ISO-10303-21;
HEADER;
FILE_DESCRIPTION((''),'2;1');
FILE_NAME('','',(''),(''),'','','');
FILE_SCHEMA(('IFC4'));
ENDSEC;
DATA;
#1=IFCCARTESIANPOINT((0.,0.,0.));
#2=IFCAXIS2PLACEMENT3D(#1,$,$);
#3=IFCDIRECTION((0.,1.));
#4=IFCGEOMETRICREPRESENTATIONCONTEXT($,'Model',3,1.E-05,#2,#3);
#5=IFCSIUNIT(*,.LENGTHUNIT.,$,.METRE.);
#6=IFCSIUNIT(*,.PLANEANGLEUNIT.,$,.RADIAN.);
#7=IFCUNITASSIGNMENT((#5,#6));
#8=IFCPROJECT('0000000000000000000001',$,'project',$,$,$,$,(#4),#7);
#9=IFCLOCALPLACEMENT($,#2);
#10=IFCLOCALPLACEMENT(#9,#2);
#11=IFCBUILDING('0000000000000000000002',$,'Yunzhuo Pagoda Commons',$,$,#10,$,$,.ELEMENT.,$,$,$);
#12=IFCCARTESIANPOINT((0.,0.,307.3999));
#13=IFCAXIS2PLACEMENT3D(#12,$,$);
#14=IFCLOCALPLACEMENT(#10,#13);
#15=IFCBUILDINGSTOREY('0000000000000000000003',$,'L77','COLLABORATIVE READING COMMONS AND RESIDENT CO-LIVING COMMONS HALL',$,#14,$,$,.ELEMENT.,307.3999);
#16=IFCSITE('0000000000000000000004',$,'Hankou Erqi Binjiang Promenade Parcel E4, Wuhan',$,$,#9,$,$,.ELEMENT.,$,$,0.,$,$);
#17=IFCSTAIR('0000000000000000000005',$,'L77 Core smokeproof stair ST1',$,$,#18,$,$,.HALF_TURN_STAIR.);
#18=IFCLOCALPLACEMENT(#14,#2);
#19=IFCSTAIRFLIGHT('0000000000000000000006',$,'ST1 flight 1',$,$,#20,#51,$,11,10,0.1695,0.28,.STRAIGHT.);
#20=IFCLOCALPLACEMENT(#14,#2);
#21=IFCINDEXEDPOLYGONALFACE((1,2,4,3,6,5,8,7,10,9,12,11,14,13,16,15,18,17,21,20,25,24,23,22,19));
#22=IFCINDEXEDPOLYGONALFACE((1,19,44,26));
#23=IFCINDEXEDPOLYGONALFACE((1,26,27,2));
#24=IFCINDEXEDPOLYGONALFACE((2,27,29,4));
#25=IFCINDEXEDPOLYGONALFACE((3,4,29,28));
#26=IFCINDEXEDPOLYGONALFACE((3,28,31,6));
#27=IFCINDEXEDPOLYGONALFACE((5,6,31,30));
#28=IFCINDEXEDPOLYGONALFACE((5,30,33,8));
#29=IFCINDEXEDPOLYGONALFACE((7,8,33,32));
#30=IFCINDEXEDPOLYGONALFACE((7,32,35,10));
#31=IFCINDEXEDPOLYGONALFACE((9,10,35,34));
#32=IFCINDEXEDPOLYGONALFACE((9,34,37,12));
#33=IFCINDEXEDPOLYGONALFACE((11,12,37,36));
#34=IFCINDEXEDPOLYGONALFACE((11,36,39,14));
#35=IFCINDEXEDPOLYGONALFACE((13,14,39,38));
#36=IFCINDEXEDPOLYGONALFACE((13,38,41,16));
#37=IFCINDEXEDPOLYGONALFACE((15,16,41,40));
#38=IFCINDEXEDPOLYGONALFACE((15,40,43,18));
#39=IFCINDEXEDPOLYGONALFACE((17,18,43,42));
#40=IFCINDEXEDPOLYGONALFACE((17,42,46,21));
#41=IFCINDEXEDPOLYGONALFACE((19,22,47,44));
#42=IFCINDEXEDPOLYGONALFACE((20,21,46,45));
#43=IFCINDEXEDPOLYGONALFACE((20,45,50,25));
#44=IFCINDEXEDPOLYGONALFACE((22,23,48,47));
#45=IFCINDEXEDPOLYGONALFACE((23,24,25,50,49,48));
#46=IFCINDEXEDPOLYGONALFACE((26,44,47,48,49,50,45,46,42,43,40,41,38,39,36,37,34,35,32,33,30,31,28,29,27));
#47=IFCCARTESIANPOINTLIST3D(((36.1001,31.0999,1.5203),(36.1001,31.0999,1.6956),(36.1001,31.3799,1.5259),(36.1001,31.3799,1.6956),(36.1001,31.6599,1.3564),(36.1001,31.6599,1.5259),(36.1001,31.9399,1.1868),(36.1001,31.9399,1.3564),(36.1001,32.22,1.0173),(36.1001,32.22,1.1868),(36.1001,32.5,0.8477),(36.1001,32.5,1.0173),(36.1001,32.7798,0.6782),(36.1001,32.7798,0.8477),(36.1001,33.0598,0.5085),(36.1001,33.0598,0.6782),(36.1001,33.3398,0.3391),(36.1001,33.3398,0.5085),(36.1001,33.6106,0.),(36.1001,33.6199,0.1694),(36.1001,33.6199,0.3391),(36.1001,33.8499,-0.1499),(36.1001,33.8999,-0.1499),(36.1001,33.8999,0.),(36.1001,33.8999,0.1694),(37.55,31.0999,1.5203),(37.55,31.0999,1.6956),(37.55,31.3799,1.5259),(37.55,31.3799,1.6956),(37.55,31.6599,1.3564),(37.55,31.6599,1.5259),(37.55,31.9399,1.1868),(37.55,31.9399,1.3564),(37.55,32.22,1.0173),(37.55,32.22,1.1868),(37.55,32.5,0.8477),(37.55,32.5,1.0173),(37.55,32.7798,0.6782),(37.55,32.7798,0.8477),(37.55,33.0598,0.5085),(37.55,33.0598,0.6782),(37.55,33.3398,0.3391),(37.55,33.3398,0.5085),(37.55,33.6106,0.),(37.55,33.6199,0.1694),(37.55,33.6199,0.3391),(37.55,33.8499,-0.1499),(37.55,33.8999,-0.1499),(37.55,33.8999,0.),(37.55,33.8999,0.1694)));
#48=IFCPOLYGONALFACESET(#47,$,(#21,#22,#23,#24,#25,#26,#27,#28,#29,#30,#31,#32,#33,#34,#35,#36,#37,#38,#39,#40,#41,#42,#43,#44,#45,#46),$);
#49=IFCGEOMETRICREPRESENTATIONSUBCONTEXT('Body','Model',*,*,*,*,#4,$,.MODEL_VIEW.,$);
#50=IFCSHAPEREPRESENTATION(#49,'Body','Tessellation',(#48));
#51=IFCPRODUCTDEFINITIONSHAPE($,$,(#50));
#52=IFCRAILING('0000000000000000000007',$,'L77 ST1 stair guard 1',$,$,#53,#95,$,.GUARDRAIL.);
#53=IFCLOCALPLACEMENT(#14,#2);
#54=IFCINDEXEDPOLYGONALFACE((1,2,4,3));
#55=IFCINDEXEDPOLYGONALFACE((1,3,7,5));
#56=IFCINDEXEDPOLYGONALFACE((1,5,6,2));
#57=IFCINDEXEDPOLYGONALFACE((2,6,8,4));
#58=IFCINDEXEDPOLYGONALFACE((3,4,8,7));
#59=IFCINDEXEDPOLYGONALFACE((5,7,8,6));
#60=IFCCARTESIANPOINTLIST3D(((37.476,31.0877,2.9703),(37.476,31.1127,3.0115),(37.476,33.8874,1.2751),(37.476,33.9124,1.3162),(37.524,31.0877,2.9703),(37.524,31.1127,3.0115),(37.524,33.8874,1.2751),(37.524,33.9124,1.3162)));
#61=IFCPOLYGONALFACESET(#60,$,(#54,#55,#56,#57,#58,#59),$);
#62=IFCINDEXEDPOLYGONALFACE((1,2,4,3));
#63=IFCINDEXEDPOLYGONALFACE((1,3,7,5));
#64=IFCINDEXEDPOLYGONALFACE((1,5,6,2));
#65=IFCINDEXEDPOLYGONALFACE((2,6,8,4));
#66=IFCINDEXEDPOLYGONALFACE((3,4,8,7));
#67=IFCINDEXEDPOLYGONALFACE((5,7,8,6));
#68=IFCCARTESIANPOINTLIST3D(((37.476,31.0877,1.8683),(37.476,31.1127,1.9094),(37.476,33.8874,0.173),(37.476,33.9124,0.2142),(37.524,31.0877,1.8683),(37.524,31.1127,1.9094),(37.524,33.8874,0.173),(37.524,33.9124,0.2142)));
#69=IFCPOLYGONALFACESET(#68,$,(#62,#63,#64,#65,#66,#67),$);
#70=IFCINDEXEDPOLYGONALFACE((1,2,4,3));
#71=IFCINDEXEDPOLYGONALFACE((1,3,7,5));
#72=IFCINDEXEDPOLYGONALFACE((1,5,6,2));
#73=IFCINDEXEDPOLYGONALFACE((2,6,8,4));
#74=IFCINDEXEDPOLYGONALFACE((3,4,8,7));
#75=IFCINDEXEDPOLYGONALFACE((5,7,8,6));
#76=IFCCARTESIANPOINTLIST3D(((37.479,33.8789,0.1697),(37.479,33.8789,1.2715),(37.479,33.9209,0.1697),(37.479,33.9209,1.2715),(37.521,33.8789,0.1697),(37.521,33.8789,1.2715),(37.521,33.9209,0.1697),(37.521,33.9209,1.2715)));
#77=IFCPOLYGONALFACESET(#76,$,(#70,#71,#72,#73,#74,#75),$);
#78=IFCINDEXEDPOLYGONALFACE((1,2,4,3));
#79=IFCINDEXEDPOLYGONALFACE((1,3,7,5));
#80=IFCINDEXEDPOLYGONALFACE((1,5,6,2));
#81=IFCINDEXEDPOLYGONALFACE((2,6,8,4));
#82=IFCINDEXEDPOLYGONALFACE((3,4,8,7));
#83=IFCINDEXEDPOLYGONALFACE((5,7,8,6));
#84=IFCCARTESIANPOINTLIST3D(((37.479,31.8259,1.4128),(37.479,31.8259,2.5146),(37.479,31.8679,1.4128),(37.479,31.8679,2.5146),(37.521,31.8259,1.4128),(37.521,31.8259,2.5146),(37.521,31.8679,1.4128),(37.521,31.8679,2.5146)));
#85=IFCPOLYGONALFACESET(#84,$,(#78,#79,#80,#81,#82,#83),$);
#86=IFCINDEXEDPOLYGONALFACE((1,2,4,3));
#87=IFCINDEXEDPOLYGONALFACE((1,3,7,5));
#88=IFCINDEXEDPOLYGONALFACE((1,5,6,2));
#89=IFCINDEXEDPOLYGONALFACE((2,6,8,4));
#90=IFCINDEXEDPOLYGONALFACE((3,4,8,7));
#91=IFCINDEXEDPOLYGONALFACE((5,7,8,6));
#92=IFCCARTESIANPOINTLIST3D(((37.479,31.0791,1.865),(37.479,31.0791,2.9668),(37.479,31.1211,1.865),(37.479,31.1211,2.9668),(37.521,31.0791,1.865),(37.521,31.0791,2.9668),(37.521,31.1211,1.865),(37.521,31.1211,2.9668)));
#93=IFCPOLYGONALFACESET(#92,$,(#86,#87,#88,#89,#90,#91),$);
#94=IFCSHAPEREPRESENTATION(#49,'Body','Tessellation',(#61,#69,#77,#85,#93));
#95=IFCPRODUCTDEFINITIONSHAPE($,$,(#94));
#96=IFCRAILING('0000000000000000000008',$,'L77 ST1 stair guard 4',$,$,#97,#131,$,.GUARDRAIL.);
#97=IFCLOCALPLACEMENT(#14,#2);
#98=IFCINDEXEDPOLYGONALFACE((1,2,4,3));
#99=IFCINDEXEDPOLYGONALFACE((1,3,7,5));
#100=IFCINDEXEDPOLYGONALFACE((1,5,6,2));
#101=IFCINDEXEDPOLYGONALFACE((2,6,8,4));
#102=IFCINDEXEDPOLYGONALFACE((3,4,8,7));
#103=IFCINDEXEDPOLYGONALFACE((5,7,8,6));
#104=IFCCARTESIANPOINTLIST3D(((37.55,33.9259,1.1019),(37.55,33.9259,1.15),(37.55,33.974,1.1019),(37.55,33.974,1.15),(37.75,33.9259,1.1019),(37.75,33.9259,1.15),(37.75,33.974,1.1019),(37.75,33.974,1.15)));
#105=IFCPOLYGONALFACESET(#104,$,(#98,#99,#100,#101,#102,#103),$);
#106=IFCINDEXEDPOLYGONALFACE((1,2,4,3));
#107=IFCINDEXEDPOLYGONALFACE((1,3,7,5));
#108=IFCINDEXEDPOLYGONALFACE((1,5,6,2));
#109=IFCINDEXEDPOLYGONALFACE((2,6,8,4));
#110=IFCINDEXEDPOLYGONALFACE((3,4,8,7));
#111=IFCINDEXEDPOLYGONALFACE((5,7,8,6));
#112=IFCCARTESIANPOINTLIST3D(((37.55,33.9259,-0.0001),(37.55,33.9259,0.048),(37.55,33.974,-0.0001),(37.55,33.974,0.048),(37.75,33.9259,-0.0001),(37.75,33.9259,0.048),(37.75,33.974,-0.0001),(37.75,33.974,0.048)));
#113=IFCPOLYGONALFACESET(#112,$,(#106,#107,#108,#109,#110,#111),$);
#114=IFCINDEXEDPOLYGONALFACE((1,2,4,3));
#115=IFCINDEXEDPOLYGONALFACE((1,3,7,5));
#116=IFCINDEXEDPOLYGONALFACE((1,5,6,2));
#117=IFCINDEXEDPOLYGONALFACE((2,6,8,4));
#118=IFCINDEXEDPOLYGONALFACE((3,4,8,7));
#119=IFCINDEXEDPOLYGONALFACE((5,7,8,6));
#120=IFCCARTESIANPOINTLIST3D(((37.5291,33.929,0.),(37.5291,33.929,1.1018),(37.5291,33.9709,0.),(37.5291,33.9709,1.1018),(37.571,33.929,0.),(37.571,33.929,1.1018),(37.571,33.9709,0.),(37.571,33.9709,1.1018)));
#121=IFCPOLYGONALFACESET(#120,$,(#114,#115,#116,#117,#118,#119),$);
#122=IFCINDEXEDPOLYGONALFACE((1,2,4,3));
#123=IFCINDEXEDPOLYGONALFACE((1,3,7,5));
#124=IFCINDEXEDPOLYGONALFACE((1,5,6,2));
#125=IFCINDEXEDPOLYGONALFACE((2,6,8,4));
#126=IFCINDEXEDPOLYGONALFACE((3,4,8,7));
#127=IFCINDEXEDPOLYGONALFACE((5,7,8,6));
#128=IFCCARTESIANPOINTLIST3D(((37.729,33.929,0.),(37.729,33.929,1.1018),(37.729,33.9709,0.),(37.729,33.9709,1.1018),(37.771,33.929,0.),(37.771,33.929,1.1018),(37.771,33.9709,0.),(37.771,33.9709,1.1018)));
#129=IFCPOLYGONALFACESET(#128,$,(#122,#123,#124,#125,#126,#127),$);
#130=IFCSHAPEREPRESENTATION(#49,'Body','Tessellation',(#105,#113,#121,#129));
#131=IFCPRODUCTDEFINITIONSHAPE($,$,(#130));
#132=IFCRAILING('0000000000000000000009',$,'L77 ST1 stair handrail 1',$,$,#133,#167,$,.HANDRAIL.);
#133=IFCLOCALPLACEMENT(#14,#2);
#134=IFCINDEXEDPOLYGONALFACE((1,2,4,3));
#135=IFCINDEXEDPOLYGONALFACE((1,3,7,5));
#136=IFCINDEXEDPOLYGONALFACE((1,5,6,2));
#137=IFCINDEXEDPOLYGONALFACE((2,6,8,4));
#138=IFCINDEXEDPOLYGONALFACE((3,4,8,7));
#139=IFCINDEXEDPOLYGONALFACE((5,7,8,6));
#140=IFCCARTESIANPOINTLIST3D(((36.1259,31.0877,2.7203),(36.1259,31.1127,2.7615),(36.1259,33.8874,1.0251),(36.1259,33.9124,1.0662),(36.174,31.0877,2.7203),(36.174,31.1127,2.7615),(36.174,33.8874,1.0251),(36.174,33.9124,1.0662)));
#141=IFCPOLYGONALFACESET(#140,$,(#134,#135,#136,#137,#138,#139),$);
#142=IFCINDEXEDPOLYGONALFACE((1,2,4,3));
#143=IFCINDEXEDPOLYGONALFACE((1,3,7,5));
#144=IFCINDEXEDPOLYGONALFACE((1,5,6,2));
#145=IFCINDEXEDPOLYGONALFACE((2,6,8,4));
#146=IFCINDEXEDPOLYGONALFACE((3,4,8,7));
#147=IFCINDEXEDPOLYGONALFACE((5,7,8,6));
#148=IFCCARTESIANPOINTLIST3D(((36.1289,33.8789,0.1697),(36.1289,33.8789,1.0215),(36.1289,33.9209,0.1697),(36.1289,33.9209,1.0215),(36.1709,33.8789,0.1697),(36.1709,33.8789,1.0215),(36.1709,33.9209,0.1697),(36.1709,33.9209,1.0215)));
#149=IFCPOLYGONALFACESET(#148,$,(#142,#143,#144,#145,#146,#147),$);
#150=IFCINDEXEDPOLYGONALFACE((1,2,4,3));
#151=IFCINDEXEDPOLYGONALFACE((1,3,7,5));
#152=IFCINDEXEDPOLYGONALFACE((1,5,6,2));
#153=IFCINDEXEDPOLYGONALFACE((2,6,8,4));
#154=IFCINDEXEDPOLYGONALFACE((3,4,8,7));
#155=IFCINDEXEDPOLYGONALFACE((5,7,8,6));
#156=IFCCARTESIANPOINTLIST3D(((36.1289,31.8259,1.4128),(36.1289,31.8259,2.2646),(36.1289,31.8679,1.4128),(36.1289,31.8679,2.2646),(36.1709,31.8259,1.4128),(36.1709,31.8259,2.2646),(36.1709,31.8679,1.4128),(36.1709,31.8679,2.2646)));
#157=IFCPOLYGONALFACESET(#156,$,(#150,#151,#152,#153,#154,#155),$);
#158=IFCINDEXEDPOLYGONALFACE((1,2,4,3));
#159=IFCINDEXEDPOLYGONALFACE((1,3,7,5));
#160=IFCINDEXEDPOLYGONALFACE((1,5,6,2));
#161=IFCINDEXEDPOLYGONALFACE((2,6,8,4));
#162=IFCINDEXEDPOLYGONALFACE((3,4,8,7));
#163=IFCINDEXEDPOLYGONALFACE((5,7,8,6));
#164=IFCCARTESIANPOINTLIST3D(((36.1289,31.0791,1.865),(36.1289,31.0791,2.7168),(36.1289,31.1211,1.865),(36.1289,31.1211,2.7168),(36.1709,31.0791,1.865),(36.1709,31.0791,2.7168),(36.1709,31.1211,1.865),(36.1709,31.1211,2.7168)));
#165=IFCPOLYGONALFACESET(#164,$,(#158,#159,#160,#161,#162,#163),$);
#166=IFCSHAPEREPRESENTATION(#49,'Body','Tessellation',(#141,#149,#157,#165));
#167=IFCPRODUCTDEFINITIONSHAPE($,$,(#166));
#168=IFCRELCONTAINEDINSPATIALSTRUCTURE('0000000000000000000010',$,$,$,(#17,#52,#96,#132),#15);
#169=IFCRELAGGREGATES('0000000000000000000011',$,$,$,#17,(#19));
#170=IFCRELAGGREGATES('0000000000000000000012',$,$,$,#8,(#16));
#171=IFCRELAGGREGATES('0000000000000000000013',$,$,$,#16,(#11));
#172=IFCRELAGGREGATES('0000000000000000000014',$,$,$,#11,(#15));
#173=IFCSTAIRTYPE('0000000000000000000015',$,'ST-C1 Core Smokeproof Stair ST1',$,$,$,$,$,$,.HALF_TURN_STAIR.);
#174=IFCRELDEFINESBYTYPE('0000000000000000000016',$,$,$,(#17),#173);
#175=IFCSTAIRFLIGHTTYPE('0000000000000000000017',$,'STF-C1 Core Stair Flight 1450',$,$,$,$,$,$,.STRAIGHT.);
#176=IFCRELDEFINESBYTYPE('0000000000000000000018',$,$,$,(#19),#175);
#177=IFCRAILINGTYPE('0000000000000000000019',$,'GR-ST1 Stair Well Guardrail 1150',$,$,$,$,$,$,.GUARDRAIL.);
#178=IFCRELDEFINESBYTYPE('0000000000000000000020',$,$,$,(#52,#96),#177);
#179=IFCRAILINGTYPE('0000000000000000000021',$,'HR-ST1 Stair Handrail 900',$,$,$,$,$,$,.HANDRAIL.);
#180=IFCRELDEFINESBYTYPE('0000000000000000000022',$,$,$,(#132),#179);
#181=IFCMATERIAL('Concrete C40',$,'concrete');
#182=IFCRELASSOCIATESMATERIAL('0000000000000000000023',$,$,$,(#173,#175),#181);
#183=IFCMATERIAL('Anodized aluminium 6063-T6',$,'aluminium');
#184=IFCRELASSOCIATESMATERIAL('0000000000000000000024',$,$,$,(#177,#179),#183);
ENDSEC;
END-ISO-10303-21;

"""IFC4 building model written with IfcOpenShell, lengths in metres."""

from ifc_helpers import new_model, si_unit, direction, frame, origin, origin_2d, place, context, subcontext, project, spatial, polyline, rectangle, outline, extrude, source, transform, mapped, material, type_object, element, aggregate, save


model = new_model("IFC4")

# Units and contexts
model_context = context("Model", 3, precision=1e-05, world=origin(), true_north=direction((0.0, 1.0)))
body_context = subcontext(model_context, "Body", "Model", "MODEL_VIEW")
ifc_project = project(units=[si_unit("LENGTHUNIT", "METRE"), si_unit("PLANEANGLEUNIT", "RADIAN")], contexts=[model_context])

# Site, building, storey
site_placement = place(None, origin())
site = spatial("IfcSite", under=ifc_project, at=site_placement, Name="Hankou Erqi Binjiang Promenade Parcel E4, Wuhan", CompositionType="ELEMENT", RefElevation=0.0)
building_placement = place(site_placement, origin())
building = spatial("IfcBuilding", under=site, at=building_placement, Name="Yunzhuo Pagoda Commons", CompositionType="ELEMENT")
storey_placement = place(building_placement, frame((0.0, 0.0, 307.3999)))
storey = spatial("IfcBuildingStorey", under=building, at=storey_placement, Name="L77", Description="COLLABORATIVE READING COMMONS AND RESIDENT CO-LIVING COMMONS HALL", CompositionType="ELEMENT", Elevation=307.3999)

# Shared definitions
ifc_material_1 = material(Name="Concrete C40", Category="concrete")

# Stair, stair flight
stair_type = type_object("IfcStairType", Name="ST-C1 Core Smokeproof Stair ST1", PredefinedType="HALF_TURN_STAIR", material=ifc_material_1)
stair_placement = place(storey_placement, origin())
stair = element("IfcStair", 1, at=stair_placement, inside=storey, type_object=stair_type, Name="L77 Core smokeproof stair ST1", PredefinedType="HALF_TURN_STAIR")
stair_flight_type = type_object("IfcStairFlightType", Name="STF-C1 Core Stair Flight 1450", PredefinedType="STRAIGHT", material=ifc_material_1)
shared_shape_1 = source(origin(), body_context, "Body", "SweptSolid", [
    extrude(outline(polyline([(0.0, -0.1499), (0.0, 0.0), (0.0, 0.1694), (0.28, 0.1694), (0.28, 0.3391), (0.5601, 0.3391), (0.5601, 0.5085), (0.8401, 0.5085), (0.8401, 0.6782), (1.1201, 0.6782), (1.1201, 0.8477), (1.3999, 0.8477), (1.3999, 1.0173), (1.6799, 1.0173), (1.6799, 1.1868), (1.96, 1.1868), (1.96, 1.3564), (2.24, 1.3564), (2.24, 1.5259), (2.52, 1.5259), (2.52, 1.6956), (2.8, 1.6956), (2.8, 1.865), (2.8, 1.5203), (0.2893, 0.0), (0.05, -0.1499), (0.0, -0.1499)])), frame((0.0, 0.7251, 0.0), z_axis=(0.0, -1.0, 0.0), x_axis=(1.0, 0.0, 0.0)), (0.0, 0.0, 1.0), 1.45),
])
stair_flight_placement = place(storey_placement, frame((36.825, 33.8999, 0.0), z_axis=(0.0, 0.0, 1.0), x_axis=(0.0, -1.0, 0.0)))
stair_flight = element("IfcStairFlight", 2, at=stair_flight_placement, type_object=stair_flight_type, Name="ST1 flight 1", NumberOfRisers=11, NumberOfTreads=10, PredefinedType="STRAIGHT", RiserHeight=0.1695, TreadLength=0.28, context=body_context, shape_type="MappedRepresentation", body=[
    mapped(shared_shape_1, transform((0.0, 0.0, 0.0), scale=1.0)),
])
aggregate(stair, [stair_flight])

# Railings
ifc_material_2 = material(Name="Anodized aluminium 6063-T6", Category="aluminium")
railing_type_1 = type_object("IfcRailingType", Name="GR-ST1 Stair Well Guardrail 1150", PredefinedType="GUARDRAIL", material=ifc_material_2)
railing_1_placement = place(storey_placement, frame((37.5, 33.8999, 0.1697)))
element("IfcRailing", 3, at=railing_1_placement, inside=storey, type_object=railing_type_1, Name="L77 ST1 stair guard 1", PredefinedType="GUARDRAIL", context=body_context, shape_type="SweptSolid", body=[
    extrude(rectangle(XDim=0.0481, YDim=0.0481, at=origin_2d()), frame((0.0, 0.0, 1.126), z_axis=(0.0, -0.855406, 0.517958), x_axis=(1.0, 0.0, 0.0)), (0.0, 0.0, 1.0), 3.2729),
    extrude(rectangle(XDim=0.0481, YDim=0.0481, at=origin_2d()), frame((0.0, 0.0, 0.0239), z_axis=(0.0, -0.855406, 0.517958), x_axis=(1.0, 0.0, 0.0)), (0.0, 0.0, 1.0), 3.2729),
    extrude(rectangle(XDim=0.042, YDim=0.042, at=origin_2d()), origin(), (0.0, 0.0, 1.0), 1.1018),
    extrude(rectangle(XDim=0.042, YDim=0.042, at=origin_2d()), frame((0.0, -2.053, 1.2432)), (0.0, 0.0, 1.0), 1.1018),
    extrude(rectangle(XDim=0.042, YDim=0.042, at=origin_2d()), frame((0.0, -2.7998, 1.6953)), (0.0, 0.0, 1.0), 1.1018),
])
railing_2_placement = place(storey_placement, frame((37.55, 33.95, 0.0)))
element("IfcRailing", 4, at=railing_2_placement, inside=storey, type_object=railing_type_1, Name="L77 ST1 stair guard 4", PredefinedType="GUARDRAIL", context=body_context, shape_type="SweptSolid", body=[
    extrude(rectangle(XDim=0.0481, YDim=0.0481, at=origin_2d()), frame((0.0, 0.0, 1.126), z_axis=(1.0, 0.0, 0.0), x_axis=(0.0, 1.0, 0.0)), (0.0, 0.0, 1.0), 0.2),
    extrude(rectangle(XDim=0.0481, YDim=0.0481, at=origin_2d()), frame((0.0, 0.0, 0.0239), z_axis=(1.0, 0.0, 0.0), x_axis=(0.0, 1.0, 0.0)), (0.0, 0.0, 1.0), 0.2),
    extrude(rectangle(XDim=0.042, YDim=0.042, at=origin_2d()), origin(), (0.0, 0.0, 1.0), 1.1018),
    extrude(rectangle(XDim=0.042, YDim=0.042, at=origin_2d()), frame((0.2, 0.0, 0.0)), (0.0, 0.0, 1.0), 1.1018),
])
railing_type_2 = type_object("IfcRailingType", Name="HR-ST1 Stair Handrail 900", PredefinedType="HANDRAIL", material=ifc_material_2)
railing_3_placement = place(storey_placement, frame((36.1499, 33.8999, 0.1697)))
element("IfcRailing", 5, at=railing_3_placement, inside=storey, type_object=railing_type_2, Name="L77 ST1 stair handrail 1", PredefinedType="HANDRAIL", context=body_context, shape_type="SweptSolid", body=[
    extrude(rectangle(XDim=0.0481, YDim=0.0481, at=origin_2d()), frame((0.0, 0.0, 0.876), z_axis=(0.0, -0.855406, 0.517958), x_axis=(1.0, 0.0, 0.0)), (0.0, 0.0, 1.0), 3.2729),
    extrude(rectangle(XDim=0.042, YDim=0.042, at=origin_2d()), origin(), (0.0, 0.0, 1.0), 0.8518),
    extrude(rectangle(XDim=0.042, YDim=0.042, at=origin_2d()), frame((0.0, -2.053, 1.2432)), (0.0, 0.0, 1.0), 0.8518),
    extrude(rectangle(XDim=0.042, YDim=0.042, at=origin_2d()), frame((0.0, -2.7998, 1.6953)), (0.0, 0.0, 1.0), 0.8518),
])

save(model, "model.ifc")
